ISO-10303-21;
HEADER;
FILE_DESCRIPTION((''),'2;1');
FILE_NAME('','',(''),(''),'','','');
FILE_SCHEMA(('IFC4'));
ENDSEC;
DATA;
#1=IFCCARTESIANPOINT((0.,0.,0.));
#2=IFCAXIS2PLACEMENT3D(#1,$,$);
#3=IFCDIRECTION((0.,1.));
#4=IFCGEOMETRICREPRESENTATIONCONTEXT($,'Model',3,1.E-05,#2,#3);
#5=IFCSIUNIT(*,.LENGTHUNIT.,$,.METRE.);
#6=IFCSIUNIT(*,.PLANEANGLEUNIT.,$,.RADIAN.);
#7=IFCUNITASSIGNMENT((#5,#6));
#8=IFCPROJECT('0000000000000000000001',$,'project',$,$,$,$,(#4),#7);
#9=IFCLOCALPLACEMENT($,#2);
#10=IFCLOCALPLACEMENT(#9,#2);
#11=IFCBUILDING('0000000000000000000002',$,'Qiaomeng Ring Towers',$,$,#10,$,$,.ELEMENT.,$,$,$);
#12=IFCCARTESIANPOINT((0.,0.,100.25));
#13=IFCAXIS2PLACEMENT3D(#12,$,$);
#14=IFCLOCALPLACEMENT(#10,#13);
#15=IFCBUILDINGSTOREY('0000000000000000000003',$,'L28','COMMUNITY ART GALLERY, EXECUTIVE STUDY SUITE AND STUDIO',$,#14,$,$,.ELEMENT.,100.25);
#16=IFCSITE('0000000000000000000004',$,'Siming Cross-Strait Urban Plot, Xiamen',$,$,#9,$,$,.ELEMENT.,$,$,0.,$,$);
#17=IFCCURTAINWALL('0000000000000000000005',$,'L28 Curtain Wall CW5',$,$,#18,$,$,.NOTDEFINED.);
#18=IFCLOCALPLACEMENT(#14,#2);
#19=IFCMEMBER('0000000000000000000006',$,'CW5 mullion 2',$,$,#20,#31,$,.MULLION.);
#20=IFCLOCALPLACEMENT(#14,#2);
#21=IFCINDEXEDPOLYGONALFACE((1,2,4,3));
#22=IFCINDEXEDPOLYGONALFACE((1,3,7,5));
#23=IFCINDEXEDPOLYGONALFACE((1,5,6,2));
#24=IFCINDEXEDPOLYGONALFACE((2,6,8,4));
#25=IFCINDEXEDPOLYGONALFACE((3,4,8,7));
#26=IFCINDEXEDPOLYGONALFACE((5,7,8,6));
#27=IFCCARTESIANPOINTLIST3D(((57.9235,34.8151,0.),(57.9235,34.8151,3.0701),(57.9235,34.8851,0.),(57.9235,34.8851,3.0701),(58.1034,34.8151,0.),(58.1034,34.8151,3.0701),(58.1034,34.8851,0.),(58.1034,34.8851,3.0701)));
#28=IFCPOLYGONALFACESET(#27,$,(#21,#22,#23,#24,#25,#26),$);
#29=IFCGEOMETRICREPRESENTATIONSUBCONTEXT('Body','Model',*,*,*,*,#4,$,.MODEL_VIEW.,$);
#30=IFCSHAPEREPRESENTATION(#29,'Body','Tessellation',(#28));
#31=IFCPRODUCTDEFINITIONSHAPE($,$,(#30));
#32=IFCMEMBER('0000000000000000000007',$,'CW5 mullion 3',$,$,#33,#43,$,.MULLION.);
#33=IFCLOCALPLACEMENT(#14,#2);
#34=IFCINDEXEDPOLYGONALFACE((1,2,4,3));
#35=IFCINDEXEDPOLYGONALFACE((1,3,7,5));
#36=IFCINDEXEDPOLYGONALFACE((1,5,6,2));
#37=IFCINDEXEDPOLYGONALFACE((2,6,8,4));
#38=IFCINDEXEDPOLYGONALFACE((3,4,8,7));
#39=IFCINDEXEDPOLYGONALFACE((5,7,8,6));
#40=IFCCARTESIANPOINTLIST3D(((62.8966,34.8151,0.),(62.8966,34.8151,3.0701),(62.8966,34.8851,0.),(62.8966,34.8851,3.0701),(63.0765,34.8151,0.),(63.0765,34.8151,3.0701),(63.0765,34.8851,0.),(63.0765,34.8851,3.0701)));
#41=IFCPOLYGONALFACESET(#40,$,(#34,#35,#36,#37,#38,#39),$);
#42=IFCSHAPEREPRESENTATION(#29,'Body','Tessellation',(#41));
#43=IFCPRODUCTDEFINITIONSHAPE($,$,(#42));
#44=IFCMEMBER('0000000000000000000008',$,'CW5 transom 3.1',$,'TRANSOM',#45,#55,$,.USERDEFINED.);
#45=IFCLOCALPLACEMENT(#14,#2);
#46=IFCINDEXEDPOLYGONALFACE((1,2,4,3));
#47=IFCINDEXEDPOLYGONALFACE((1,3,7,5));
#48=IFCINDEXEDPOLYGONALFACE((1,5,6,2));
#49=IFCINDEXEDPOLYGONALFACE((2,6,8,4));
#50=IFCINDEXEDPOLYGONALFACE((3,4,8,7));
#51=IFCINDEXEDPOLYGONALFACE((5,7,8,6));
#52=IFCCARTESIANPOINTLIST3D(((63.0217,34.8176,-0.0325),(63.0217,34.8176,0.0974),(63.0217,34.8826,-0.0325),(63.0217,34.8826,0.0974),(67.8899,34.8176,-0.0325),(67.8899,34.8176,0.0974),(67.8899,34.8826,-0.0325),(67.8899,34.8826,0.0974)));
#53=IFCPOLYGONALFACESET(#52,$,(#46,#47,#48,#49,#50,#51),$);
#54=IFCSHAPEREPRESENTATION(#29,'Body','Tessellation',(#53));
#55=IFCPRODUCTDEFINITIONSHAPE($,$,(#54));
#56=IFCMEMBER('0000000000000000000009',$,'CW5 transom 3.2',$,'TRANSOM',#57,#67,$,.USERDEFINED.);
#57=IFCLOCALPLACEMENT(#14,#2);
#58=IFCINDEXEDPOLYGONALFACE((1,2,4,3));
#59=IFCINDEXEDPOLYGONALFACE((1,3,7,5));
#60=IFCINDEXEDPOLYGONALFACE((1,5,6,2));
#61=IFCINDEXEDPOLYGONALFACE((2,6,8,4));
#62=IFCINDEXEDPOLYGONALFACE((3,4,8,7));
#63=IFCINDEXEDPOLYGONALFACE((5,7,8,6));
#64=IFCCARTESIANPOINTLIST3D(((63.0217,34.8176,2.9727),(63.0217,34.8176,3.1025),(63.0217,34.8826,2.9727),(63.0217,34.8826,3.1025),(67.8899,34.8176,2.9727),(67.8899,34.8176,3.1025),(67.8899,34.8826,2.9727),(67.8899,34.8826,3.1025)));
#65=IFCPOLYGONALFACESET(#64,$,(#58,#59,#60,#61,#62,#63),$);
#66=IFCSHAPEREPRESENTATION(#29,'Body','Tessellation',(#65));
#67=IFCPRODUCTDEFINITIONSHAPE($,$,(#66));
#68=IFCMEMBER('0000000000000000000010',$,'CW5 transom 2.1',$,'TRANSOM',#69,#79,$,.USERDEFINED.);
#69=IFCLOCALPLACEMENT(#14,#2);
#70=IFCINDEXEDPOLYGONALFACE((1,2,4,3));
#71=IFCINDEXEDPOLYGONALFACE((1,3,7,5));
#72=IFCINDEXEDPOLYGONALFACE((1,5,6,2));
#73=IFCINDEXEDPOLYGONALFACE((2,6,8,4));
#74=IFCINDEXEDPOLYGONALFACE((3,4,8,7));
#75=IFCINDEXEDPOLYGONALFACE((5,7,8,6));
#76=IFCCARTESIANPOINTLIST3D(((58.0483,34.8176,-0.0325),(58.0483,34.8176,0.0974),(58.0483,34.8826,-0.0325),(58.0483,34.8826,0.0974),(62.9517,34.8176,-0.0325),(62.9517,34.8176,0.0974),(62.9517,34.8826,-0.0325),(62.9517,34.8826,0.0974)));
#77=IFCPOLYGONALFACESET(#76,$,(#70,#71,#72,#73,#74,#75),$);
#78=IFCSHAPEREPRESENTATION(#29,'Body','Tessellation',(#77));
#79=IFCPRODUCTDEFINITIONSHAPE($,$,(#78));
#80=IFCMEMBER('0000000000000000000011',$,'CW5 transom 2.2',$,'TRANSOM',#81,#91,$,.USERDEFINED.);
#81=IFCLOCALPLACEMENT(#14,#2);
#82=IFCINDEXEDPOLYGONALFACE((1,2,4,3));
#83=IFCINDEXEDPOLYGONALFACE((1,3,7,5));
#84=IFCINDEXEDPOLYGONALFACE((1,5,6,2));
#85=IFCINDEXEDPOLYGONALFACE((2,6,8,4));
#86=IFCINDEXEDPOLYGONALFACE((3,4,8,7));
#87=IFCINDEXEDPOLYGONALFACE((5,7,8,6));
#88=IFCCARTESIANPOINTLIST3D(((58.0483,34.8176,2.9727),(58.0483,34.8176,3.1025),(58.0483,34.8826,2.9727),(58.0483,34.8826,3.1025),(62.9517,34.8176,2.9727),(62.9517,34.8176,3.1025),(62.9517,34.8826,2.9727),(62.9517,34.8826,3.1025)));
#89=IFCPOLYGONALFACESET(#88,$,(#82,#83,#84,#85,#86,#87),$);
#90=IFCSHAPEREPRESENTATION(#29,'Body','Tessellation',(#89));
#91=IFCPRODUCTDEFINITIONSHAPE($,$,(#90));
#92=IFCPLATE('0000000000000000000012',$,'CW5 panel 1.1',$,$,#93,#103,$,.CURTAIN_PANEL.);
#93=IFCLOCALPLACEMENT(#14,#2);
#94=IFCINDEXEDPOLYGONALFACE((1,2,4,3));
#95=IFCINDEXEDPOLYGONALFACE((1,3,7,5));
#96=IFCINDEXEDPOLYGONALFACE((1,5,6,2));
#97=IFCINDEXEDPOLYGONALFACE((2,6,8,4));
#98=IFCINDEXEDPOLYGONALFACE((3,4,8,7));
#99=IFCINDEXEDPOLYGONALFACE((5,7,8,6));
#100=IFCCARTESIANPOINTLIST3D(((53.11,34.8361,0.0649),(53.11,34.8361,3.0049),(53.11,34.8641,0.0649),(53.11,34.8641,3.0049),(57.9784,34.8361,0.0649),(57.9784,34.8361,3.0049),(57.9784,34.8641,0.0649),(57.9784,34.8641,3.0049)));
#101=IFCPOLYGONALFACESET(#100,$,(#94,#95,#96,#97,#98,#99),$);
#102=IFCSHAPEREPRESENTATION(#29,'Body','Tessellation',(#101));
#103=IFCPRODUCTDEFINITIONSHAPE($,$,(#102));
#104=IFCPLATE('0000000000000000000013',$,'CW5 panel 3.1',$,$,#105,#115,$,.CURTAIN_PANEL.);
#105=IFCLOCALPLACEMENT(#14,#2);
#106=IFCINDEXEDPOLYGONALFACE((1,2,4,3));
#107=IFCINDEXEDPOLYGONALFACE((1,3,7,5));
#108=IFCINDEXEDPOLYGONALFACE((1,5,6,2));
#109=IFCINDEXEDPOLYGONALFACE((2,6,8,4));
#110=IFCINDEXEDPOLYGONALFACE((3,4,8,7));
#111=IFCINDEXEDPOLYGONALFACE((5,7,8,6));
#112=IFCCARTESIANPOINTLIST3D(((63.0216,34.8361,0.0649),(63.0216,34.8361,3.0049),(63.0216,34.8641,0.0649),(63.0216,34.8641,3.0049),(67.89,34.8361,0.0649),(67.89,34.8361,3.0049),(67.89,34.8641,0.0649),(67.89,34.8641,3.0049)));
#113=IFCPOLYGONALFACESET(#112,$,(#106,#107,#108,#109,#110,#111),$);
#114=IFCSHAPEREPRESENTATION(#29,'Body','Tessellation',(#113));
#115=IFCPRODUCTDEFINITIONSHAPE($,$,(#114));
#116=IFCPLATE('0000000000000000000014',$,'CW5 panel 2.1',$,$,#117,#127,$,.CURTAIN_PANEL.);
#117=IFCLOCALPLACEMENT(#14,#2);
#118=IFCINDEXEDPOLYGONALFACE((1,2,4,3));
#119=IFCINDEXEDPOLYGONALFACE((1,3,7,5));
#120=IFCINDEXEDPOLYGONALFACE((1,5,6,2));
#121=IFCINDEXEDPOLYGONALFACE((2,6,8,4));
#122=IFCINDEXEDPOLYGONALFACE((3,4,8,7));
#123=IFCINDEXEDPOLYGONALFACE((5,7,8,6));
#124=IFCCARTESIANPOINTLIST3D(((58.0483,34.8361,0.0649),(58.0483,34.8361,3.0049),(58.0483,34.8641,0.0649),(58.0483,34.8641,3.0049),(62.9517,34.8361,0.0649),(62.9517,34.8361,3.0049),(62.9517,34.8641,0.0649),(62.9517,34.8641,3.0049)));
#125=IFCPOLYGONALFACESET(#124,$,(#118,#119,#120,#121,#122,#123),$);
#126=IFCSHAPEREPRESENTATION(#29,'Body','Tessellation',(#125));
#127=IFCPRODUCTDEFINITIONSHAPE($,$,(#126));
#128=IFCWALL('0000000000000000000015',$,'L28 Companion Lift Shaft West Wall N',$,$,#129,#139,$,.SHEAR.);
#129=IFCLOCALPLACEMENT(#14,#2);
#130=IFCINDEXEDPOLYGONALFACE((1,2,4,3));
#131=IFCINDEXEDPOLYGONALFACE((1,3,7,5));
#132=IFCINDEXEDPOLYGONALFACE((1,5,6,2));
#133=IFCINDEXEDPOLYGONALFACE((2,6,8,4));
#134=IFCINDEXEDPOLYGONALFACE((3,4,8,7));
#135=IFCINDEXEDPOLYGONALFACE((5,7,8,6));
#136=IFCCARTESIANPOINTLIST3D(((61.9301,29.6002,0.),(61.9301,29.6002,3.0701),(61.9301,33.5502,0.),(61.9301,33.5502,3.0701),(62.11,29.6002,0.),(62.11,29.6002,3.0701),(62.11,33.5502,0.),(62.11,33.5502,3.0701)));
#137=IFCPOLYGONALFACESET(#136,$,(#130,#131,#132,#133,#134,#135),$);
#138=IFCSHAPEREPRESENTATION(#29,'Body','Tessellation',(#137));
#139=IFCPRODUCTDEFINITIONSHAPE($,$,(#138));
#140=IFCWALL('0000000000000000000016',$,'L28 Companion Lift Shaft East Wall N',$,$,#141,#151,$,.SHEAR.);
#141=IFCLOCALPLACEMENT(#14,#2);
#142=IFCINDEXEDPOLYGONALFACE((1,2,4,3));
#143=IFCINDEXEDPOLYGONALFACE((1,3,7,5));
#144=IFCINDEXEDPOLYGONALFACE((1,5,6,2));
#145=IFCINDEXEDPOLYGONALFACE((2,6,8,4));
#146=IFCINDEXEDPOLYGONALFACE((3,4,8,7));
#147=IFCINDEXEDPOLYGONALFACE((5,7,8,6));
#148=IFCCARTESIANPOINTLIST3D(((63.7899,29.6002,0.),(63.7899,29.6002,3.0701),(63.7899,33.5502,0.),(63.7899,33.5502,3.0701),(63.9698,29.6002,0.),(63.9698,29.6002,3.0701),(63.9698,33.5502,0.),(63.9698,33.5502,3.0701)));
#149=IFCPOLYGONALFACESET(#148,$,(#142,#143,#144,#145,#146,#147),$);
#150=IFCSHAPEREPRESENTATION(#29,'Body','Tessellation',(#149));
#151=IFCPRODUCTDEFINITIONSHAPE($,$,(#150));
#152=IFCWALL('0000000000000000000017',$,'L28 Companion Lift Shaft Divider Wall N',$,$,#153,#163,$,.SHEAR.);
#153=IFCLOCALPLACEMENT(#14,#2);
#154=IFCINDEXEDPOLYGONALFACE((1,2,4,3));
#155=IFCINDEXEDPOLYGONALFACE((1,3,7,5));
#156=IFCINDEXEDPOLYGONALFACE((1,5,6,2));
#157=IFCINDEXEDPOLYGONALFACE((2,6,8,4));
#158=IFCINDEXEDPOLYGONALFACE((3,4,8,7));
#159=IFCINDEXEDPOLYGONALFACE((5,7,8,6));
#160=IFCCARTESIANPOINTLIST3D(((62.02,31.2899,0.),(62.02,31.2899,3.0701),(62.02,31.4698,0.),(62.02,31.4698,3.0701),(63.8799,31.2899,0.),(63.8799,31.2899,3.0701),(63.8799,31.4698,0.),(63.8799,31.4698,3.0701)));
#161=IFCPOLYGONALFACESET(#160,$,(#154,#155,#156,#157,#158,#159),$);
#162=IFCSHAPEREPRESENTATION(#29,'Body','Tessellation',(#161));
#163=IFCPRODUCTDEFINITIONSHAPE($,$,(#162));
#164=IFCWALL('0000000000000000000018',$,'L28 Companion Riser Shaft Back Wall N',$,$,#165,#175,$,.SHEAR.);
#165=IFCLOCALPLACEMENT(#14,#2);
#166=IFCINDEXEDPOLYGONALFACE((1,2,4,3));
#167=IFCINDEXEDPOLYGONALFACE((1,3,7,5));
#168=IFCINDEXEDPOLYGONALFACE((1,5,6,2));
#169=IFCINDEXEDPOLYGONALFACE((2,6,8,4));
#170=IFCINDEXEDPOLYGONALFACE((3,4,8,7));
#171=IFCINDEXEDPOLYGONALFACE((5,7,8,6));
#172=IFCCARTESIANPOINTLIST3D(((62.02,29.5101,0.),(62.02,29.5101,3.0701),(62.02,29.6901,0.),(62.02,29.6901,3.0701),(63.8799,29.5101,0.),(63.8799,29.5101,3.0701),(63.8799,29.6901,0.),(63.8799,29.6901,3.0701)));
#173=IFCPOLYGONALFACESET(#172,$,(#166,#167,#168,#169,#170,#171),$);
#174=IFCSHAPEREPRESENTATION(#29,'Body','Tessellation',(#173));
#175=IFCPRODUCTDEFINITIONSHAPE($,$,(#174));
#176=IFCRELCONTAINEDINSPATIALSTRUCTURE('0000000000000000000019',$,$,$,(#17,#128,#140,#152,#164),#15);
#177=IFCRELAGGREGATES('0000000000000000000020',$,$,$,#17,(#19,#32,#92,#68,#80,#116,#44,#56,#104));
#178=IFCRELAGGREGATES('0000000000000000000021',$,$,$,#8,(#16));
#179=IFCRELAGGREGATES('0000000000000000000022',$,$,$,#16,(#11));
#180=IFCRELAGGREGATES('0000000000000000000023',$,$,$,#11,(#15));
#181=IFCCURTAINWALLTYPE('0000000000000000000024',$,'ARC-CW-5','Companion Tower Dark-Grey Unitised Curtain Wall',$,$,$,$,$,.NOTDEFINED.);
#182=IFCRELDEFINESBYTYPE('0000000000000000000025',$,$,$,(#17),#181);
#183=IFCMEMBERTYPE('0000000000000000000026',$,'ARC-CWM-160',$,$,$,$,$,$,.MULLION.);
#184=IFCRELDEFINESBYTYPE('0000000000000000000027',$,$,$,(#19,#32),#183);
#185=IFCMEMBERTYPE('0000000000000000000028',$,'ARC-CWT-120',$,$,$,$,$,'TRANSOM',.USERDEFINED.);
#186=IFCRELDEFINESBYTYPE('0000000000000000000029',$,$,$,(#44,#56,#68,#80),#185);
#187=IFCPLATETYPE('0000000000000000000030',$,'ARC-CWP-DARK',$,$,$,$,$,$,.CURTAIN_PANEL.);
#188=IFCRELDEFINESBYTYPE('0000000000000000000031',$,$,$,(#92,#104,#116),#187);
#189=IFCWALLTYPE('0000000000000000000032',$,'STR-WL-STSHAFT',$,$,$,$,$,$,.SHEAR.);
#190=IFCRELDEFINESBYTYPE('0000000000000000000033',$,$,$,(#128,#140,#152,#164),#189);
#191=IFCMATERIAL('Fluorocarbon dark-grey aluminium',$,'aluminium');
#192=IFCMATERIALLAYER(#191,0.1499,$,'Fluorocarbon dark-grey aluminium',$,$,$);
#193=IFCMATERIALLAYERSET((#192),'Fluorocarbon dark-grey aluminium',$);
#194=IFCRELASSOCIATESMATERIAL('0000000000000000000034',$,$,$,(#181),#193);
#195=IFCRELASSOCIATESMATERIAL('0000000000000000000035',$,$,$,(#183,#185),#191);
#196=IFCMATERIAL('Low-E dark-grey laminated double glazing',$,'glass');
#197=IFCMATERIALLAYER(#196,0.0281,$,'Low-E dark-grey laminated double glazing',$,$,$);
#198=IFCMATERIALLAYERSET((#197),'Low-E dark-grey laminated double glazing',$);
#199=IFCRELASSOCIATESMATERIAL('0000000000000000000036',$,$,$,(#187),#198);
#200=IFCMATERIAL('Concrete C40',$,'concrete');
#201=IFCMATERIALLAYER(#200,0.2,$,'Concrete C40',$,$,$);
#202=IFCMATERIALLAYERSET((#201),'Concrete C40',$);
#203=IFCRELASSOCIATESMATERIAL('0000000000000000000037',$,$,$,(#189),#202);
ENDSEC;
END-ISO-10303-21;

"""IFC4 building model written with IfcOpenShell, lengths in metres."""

from ifc_helpers import new_model, si_unit, direction, frame, frame_2d, origin, origin_2d, place, context, subcontext, project, spatial, rectangle, extrude, source, transform, mapped, material, layer, layer_set, material_profile, profile_set, type_object, element, aggregate, save


model = new_model("IFC4")

# Units and contexts
model_context = context("Model", 3, precision=1e-05, world=origin(), true_north=direction((0.0, 1.0)))
body_context = subcontext(model_context, "Body", "Model", "MODEL_VIEW")
ifc_project = project(units=[si_unit("LENGTHUNIT", "METRE"), si_unit("PLANEANGLEUNIT", "RADIAN")], contexts=[model_context])

# Site, building, storey
site_placement = place(None, origin())
site = spatial("IfcSite", under=ifc_project, at=site_placement, Name="Siming Cross-Strait Urban Plot, Xiamen", CompositionType="ELEMENT", RefElevation=0.0)
building_placement = place(site_placement, origin())
building = spatial("IfcBuilding", under=site, at=building_placement, Name="Qiaomeng Ring Towers", CompositionType="ELEMENT")
storey_placement = place(building_placement, frame((0.0, 0.0, 100.25)))
storey = spatial("IfcBuildingStorey", under=building, at=storey_placement, Name="L28", Description="COMMUNITY ART GALLERY, EXECUTIVE STUDY SUITE AND STUDIO", CompositionType="ELEMENT", Elevation=100.25)

# Curtain wall, members, plates
ifc_material_1 = material(Name="Fluorocarbon dark-grey aluminium", Category="aluminium")
ifc_layer_1 = layer(ifc_material_1, 0.1499, Name="Fluorocarbon dark-grey aluminium")
ifc_layer_set_1 = layer_set([ifc_layer_1], Name="Fluorocarbon dark-grey aluminium")
curtain_wall_type = type_object("IfcCurtainWallType", Name="ARC-CW-5", Description="Companion Tower Dark-Grey Unitised Curtain Wall", PredefinedType="NOTDEFINED", material=ifc_layer_set_1)
curtain_wall_placement = place(storey_placement, origin())
curtain_wall = element("IfcCurtainWall", 1, at=curtain_wall_placement, inside=storey, type_object=curtain_wall_type, Name="L28 Curtain Wall CW5", PredefinedType="NOTDEFINED")
ifc_material_profile_1 = material_profile(ifc_material_1, rectangle(XDim=0.0701, YDim=0.1799, at=origin_2d()), Name="ALU MULL 70x180")
ifc_profile_set_1 = profile_set([ifc_material_profile_1], Name="Fluorocarbon dark-grey aluminium")
member_type_1 = type_object("IfcMemberType", Name="ARC-CWM-160", PredefinedType="MULLION", material=ifc_profile_set_1)
shared_shape_1 = source(origin(), body_context, "Body", "SweptSolid", [
    extrude(rectangle(XDim=0.0701, YDim=0.1799, at=origin_2d()), origin(), (0.0, 0.0, 1.0), 3.0701),
])
member_1_placement = place(storey_placement, frame((58.0134, 34.8501, 0.0), z_axis=(0.0, 0.0, 1.0), x_axis=(0.0, 1.0, 0.0)))
member_1 = element("IfcMember", 2, at=member_1_placement, type_object=member_type_1, Name="CW5 mullion 2", PredefinedType="MULLION", context=body_context, shape_type="MappedRepresentation", body=[
    mapped(shared_shape_1, transform((0.0, 0.0, 0.0), x_axis=(1.0, 0.0, 0.0), y_axis=(0.0, 1.0, 0.0), z_axis=(0.0, 0.0, 1.0), scale=1.0)),
])
member_2_placement = place(storey_placement, frame((62.9866, 34.8501, 0.0), z_axis=(0.0, 0.0, 1.0), x_axis=(0.0, 1.0, 0.0)))
member_2 = element("IfcMember", 3, at=member_2_placement, type_object=member_type_1, Name="CW5 mullion 3", PredefinedType="MULLION", context=body_context, shape_type="MappedRepresentation", body=[
    mapped(shared_shape_1, transform((0.0, 0.0, 0.0), x_axis=(1.0, 0.0, 0.0), y_axis=(0.0, 1.0, 0.0), z_axis=(0.0, 0.0, 1.0), scale=1.0)),
])
ifc_material_profile_2 = material_profile(ifc_material_1, rectangle(XDim=0.0649, YDim=0.1299, at=origin_2d()), Name="ALU TRAN 65x130")
ifc_profile_set_2 = profile_set([ifc_material_profile_2], Name="Fluorocarbon dark-grey aluminium")
member_type_2 = type_object("IfcMemberType", Name="ARC-CWT-120", ElementType="TRANSOM", PredefinedType="USERDEFINED", material=ifc_profile_set_2)
shared_shape_2 = source(origin(), body_context, "Body", "SweptSolid", [
    extrude(rectangle(XDim=0.0649, YDim=0.1299, at=origin_2d()), origin(), (0.0, 0.0, 1.0), 4.8682),
])
member_3_placement = place(storey_placement, frame((63.0217, 34.8501, 0.0325), z_axis=(1.0, 0.0, 0.0), x_axis=(0.0, 1.0, 0.0)))
member_3 = element("IfcMember", 4, at=member_3_placement, type_object=member_type_2, Name="CW5 transom 3.1", ObjectType="TRANSOM", PredefinedType="USERDEFINED", context=body_context, shape_type="MappedRepresentation", body=[
    mapped(shared_shape_2, transform((0.0, 0.0, 0.0), x_axis=(1.0, 0.0, 0.0), y_axis=(0.0, 1.0, 0.0), z_axis=(0.0, 0.0, 1.0), scale=1.0)),
])
member_4_placement = place(storey_placement, frame((63.0217, 34.8501, 3.0376), z_axis=(1.0, 0.0, 0.0), x_axis=(0.0, 1.0, 0.0)))
member_4 = element("IfcMember", 5, at=member_4_placement, type_object=member_type_2, Name="CW5 transom 3.2", ObjectType="TRANSOM", PredefinedType="USERDEFINED", context=body_context, shape_type="MappedRepresentation", body=[
    mapped(shared_shape_2, transform((0.0, 0.0, 0.0), x_axis=(1.0, 0.0, 0.0), y_axis=(0.0, 1.0, 0.0), z_axis=(0.0, 0.0, 1.0), scale=1.0)),
])
shared_shape_3 = source(origin(), body_context, "Body", "SweptSolid", [
    extrude(rectangle(XDim=0.0649, YDim=0.1299, at=origin_2d()), origin(), (0.0, 0.0, 1.0), 4.9033),
])
member_5_placement = place(storey_placement, frame((58.0483, 34.8501, 0.0325), z_axis=(1.0, 0.0, 0.0), x_axis=(0.0, 1.0, 0.0)))
member_5 = element("IfcMember", 6, at=member_5_placement, type_object=member_type_2, Name="CW5 transom 2.1", ObjectType="TRANSOM", PredefinedType="USERDEFINED", context=body_context, shape_type="MappedRepresentation", body=[
    mapped(shared_shape_3, transform((0.0, 0.0, 0.0), x_axis=(1.0, 0.0, 0.0), y_axis=(0.0, 1.0, 0.0), z_axis=(0.0, 0.0, 1.0), scale=1.0)),
])
member_6_placement = place(storey_placement, frame((58.0483, 34.8501, 3.0376), z_axis=(1.0, 0.0, 0.0), x_axis=(0.0, 1.0, 0.0)))
member_6 = element("IfcMember", 7, at=member_6_placement, type_object=member_type_2, Name="CW5 transom 2.2", ObjectType="TRANSOM", PredefinedType="USERDEFINED", context=body_context, shape_type="MappedRepresentation", body=[
    mapped(shared_shape_3, transform((0.0, 0.0, 0.0), x_axis=(1.0, 0.0, 0.0), y_axis=(0.0, 1.0, 0.0), z_axis=(0.0, 0.0, 1.0), scale=1.0)),
])
ifc_material_2 = material(Name="Low-E dark-grey laminated double glazing", Category="glass")
ifc_layer_2 = layer(ifc_material_2, 0.0281, Name="Low-E dark-grey laminated double glazing")
ifc_layer_set_2 = layer_set([ifc_layer_2], Name="Low-E dark-grey laminated double glazing")
plate_type = type_object("IfcPlateType", Name="ARC-CWP-DARK", PredefinedType="CURTAIN_PANEL", material=ifc_layer_set_2)
shared_shape_4 = source(origin(), body_context, "Body", "SweptSolid", [
    extrude(rectangle(XDim=4.8684, YDim=0.0281, at=origin_2d()), origin(), (0.0, 0.0, 1.0), 2.9399),
])
plate_1_placement = place(storey_placement, frame((55.5442, 34.8501, 0.0649), z_axis=(0.0, 0.0, 1.0), x_axis=(1.0, 0.0, 0.0)))
plate_1 = element("IfcPlate", 8, at=plate_1_placement, type_object=plate_type, Name="CW5 panel 1.1", PredefinedType="CURTAIN_PANEL", context=body_context, shape_type="MappedRepresentation", body=[
    mapped(shared_shape_4, transform((0.0, 0.0, 0.0), x_axis=(1.0, 0.0, 0.0), y_axis=(0.0, 1.0, 0.0), z_axis=(0.0, 0.0, 1.0), scale=1.0)),
])
plate_2_placement = place(storey_placement, frame((65.4558, 34.8501, 0.0649), z_axis=(0.0, 0.0, 1.0), x_axis=(1.0, 0.0, 0.0)))
plate_2 = element("IfcPlate", 9, at=plate_2_placement, type_object=plate_type, Name="CW5 panel 3.1", PredefinedType="CURTAIN_PANEL", context=body_context, shape_type="MappedRepresentation", body=[
    mapped(shared_shape_4, transform((0.0, 0.0, 0.0), x_axis=(1.0, 0.0, 0.0), y_axis=(0.0, 1.0, 0.0), z_axis=(0.0, 0.0, 1.0), scale=1.0)),
])
shared_shape_5 = source(origin(), body_context, "Body", "SweptSolid", [
    extrude(rectangle(XDim=4.9033, YDim=0.0281, at=origin_2d()), origin(), (0.0, 0.0, 1.0), 2.9399),
])
plate_3_placement = place(storey_placement, frame((60.5, 34.8501, 0.0649), z_axis=(0.0, 0.0, 1.0), x_axis=(1.0, 0.0, 0.0)))
plate_3 = element("IfcPlate", 10, at=plate_3_placement, type_object=plate_type, Name="CW5 panel 2.1", PredefinedType="CURTAIN_PANEL", context=body_context, shape_type="MappedRepresentation", body=[
    mapped(shared_shape_5, transform((0.0, 0.0, 0.0), x_axis=(1.0, 0.0, 0.0), y_axis=(0.0, 1.0, 0.0), z_axis=(0.0, 0.0, 1.0), scale=1.0)),
])
aggregate(curtain_wall, [member_1, member_2, plate_1, member_5, member_6, plate_3, member_3, member_4, plate_2])

# Walls
ifc_material_3 = material(Name="Concrete C40", Category="concrete")
ifc_layer_3 = layer(ifc_material_3, 0.2, Name="Concrete C40")
ifc_layer_set_3 = layer_set([ifc_layer_3], Name="Concrete C40")
wall_type_1 = type_object("IfcWallType", Name="STR-WL-STSHAFT", PredefinedType="SHEAR", material=ifc_layer_set_3)
for number, where, z_axis, x_axis, name in (
    (11, (62.02, 29.6001, 0.0), (0.0, 0.0, 1.0), (0.0, 1.0, 0.0), "L28 Companion Lift Shaft West Wall N"),
    (12, (63.8799, 29.6001, 0.0), (0.0, 0.0, 1.0), (0.0, 1.0, 0.0), "L28 Companion Lift Shaft East Wall N"),
):
    element("IfcWall", number, at=place(storey_placement, frame(where, z_axis=z_axis, x_axis=x_axis)), inside=storey, type_object=wall_type_1, Name=name, PredefinedType="SHEAR", context=body_context, shape_type="SweptSolid", body=[
        extrude(rectangle(XDim=3.95, YDim=0.1799, at=frame_2d((1.9751, 0.0))), origin(), (0.0, 0.0, 1.0), 3.0701),
    ])
for number, where, z_axis, x_axis, name in (
    (13, (62.02, 31.3799, 0.0), (0.0, 0.0, 1.0), (1.0, 0.0, 0.0), "L28 Companion Lift Shaft Divider Wall N"),
    (14, (62.02, 29.6001, 0.0), (0.0, 0.0, 1.0), (1.0, 0.0, 0.0), "L28 Companion Riser Shaft Back Wall N"),
):
    element("IfcWall", number, at=place(storey_placement, frame(where, z_axis=z_axis, x_axis=x_axis)), inside=storey, type_object=wall_type_1, Name=name, PredefinedType="SHEAR", context=body_context, shape_type="SweptSolid", body=[
        extrude(rectangle(XDim=1.8599, YDim=0.1799, at=frame_2d((0.9299, 0.0))), origin(), (0.0, 0.0, 1.0), 3.0701),
    ])

save(model, "model.ifc")
